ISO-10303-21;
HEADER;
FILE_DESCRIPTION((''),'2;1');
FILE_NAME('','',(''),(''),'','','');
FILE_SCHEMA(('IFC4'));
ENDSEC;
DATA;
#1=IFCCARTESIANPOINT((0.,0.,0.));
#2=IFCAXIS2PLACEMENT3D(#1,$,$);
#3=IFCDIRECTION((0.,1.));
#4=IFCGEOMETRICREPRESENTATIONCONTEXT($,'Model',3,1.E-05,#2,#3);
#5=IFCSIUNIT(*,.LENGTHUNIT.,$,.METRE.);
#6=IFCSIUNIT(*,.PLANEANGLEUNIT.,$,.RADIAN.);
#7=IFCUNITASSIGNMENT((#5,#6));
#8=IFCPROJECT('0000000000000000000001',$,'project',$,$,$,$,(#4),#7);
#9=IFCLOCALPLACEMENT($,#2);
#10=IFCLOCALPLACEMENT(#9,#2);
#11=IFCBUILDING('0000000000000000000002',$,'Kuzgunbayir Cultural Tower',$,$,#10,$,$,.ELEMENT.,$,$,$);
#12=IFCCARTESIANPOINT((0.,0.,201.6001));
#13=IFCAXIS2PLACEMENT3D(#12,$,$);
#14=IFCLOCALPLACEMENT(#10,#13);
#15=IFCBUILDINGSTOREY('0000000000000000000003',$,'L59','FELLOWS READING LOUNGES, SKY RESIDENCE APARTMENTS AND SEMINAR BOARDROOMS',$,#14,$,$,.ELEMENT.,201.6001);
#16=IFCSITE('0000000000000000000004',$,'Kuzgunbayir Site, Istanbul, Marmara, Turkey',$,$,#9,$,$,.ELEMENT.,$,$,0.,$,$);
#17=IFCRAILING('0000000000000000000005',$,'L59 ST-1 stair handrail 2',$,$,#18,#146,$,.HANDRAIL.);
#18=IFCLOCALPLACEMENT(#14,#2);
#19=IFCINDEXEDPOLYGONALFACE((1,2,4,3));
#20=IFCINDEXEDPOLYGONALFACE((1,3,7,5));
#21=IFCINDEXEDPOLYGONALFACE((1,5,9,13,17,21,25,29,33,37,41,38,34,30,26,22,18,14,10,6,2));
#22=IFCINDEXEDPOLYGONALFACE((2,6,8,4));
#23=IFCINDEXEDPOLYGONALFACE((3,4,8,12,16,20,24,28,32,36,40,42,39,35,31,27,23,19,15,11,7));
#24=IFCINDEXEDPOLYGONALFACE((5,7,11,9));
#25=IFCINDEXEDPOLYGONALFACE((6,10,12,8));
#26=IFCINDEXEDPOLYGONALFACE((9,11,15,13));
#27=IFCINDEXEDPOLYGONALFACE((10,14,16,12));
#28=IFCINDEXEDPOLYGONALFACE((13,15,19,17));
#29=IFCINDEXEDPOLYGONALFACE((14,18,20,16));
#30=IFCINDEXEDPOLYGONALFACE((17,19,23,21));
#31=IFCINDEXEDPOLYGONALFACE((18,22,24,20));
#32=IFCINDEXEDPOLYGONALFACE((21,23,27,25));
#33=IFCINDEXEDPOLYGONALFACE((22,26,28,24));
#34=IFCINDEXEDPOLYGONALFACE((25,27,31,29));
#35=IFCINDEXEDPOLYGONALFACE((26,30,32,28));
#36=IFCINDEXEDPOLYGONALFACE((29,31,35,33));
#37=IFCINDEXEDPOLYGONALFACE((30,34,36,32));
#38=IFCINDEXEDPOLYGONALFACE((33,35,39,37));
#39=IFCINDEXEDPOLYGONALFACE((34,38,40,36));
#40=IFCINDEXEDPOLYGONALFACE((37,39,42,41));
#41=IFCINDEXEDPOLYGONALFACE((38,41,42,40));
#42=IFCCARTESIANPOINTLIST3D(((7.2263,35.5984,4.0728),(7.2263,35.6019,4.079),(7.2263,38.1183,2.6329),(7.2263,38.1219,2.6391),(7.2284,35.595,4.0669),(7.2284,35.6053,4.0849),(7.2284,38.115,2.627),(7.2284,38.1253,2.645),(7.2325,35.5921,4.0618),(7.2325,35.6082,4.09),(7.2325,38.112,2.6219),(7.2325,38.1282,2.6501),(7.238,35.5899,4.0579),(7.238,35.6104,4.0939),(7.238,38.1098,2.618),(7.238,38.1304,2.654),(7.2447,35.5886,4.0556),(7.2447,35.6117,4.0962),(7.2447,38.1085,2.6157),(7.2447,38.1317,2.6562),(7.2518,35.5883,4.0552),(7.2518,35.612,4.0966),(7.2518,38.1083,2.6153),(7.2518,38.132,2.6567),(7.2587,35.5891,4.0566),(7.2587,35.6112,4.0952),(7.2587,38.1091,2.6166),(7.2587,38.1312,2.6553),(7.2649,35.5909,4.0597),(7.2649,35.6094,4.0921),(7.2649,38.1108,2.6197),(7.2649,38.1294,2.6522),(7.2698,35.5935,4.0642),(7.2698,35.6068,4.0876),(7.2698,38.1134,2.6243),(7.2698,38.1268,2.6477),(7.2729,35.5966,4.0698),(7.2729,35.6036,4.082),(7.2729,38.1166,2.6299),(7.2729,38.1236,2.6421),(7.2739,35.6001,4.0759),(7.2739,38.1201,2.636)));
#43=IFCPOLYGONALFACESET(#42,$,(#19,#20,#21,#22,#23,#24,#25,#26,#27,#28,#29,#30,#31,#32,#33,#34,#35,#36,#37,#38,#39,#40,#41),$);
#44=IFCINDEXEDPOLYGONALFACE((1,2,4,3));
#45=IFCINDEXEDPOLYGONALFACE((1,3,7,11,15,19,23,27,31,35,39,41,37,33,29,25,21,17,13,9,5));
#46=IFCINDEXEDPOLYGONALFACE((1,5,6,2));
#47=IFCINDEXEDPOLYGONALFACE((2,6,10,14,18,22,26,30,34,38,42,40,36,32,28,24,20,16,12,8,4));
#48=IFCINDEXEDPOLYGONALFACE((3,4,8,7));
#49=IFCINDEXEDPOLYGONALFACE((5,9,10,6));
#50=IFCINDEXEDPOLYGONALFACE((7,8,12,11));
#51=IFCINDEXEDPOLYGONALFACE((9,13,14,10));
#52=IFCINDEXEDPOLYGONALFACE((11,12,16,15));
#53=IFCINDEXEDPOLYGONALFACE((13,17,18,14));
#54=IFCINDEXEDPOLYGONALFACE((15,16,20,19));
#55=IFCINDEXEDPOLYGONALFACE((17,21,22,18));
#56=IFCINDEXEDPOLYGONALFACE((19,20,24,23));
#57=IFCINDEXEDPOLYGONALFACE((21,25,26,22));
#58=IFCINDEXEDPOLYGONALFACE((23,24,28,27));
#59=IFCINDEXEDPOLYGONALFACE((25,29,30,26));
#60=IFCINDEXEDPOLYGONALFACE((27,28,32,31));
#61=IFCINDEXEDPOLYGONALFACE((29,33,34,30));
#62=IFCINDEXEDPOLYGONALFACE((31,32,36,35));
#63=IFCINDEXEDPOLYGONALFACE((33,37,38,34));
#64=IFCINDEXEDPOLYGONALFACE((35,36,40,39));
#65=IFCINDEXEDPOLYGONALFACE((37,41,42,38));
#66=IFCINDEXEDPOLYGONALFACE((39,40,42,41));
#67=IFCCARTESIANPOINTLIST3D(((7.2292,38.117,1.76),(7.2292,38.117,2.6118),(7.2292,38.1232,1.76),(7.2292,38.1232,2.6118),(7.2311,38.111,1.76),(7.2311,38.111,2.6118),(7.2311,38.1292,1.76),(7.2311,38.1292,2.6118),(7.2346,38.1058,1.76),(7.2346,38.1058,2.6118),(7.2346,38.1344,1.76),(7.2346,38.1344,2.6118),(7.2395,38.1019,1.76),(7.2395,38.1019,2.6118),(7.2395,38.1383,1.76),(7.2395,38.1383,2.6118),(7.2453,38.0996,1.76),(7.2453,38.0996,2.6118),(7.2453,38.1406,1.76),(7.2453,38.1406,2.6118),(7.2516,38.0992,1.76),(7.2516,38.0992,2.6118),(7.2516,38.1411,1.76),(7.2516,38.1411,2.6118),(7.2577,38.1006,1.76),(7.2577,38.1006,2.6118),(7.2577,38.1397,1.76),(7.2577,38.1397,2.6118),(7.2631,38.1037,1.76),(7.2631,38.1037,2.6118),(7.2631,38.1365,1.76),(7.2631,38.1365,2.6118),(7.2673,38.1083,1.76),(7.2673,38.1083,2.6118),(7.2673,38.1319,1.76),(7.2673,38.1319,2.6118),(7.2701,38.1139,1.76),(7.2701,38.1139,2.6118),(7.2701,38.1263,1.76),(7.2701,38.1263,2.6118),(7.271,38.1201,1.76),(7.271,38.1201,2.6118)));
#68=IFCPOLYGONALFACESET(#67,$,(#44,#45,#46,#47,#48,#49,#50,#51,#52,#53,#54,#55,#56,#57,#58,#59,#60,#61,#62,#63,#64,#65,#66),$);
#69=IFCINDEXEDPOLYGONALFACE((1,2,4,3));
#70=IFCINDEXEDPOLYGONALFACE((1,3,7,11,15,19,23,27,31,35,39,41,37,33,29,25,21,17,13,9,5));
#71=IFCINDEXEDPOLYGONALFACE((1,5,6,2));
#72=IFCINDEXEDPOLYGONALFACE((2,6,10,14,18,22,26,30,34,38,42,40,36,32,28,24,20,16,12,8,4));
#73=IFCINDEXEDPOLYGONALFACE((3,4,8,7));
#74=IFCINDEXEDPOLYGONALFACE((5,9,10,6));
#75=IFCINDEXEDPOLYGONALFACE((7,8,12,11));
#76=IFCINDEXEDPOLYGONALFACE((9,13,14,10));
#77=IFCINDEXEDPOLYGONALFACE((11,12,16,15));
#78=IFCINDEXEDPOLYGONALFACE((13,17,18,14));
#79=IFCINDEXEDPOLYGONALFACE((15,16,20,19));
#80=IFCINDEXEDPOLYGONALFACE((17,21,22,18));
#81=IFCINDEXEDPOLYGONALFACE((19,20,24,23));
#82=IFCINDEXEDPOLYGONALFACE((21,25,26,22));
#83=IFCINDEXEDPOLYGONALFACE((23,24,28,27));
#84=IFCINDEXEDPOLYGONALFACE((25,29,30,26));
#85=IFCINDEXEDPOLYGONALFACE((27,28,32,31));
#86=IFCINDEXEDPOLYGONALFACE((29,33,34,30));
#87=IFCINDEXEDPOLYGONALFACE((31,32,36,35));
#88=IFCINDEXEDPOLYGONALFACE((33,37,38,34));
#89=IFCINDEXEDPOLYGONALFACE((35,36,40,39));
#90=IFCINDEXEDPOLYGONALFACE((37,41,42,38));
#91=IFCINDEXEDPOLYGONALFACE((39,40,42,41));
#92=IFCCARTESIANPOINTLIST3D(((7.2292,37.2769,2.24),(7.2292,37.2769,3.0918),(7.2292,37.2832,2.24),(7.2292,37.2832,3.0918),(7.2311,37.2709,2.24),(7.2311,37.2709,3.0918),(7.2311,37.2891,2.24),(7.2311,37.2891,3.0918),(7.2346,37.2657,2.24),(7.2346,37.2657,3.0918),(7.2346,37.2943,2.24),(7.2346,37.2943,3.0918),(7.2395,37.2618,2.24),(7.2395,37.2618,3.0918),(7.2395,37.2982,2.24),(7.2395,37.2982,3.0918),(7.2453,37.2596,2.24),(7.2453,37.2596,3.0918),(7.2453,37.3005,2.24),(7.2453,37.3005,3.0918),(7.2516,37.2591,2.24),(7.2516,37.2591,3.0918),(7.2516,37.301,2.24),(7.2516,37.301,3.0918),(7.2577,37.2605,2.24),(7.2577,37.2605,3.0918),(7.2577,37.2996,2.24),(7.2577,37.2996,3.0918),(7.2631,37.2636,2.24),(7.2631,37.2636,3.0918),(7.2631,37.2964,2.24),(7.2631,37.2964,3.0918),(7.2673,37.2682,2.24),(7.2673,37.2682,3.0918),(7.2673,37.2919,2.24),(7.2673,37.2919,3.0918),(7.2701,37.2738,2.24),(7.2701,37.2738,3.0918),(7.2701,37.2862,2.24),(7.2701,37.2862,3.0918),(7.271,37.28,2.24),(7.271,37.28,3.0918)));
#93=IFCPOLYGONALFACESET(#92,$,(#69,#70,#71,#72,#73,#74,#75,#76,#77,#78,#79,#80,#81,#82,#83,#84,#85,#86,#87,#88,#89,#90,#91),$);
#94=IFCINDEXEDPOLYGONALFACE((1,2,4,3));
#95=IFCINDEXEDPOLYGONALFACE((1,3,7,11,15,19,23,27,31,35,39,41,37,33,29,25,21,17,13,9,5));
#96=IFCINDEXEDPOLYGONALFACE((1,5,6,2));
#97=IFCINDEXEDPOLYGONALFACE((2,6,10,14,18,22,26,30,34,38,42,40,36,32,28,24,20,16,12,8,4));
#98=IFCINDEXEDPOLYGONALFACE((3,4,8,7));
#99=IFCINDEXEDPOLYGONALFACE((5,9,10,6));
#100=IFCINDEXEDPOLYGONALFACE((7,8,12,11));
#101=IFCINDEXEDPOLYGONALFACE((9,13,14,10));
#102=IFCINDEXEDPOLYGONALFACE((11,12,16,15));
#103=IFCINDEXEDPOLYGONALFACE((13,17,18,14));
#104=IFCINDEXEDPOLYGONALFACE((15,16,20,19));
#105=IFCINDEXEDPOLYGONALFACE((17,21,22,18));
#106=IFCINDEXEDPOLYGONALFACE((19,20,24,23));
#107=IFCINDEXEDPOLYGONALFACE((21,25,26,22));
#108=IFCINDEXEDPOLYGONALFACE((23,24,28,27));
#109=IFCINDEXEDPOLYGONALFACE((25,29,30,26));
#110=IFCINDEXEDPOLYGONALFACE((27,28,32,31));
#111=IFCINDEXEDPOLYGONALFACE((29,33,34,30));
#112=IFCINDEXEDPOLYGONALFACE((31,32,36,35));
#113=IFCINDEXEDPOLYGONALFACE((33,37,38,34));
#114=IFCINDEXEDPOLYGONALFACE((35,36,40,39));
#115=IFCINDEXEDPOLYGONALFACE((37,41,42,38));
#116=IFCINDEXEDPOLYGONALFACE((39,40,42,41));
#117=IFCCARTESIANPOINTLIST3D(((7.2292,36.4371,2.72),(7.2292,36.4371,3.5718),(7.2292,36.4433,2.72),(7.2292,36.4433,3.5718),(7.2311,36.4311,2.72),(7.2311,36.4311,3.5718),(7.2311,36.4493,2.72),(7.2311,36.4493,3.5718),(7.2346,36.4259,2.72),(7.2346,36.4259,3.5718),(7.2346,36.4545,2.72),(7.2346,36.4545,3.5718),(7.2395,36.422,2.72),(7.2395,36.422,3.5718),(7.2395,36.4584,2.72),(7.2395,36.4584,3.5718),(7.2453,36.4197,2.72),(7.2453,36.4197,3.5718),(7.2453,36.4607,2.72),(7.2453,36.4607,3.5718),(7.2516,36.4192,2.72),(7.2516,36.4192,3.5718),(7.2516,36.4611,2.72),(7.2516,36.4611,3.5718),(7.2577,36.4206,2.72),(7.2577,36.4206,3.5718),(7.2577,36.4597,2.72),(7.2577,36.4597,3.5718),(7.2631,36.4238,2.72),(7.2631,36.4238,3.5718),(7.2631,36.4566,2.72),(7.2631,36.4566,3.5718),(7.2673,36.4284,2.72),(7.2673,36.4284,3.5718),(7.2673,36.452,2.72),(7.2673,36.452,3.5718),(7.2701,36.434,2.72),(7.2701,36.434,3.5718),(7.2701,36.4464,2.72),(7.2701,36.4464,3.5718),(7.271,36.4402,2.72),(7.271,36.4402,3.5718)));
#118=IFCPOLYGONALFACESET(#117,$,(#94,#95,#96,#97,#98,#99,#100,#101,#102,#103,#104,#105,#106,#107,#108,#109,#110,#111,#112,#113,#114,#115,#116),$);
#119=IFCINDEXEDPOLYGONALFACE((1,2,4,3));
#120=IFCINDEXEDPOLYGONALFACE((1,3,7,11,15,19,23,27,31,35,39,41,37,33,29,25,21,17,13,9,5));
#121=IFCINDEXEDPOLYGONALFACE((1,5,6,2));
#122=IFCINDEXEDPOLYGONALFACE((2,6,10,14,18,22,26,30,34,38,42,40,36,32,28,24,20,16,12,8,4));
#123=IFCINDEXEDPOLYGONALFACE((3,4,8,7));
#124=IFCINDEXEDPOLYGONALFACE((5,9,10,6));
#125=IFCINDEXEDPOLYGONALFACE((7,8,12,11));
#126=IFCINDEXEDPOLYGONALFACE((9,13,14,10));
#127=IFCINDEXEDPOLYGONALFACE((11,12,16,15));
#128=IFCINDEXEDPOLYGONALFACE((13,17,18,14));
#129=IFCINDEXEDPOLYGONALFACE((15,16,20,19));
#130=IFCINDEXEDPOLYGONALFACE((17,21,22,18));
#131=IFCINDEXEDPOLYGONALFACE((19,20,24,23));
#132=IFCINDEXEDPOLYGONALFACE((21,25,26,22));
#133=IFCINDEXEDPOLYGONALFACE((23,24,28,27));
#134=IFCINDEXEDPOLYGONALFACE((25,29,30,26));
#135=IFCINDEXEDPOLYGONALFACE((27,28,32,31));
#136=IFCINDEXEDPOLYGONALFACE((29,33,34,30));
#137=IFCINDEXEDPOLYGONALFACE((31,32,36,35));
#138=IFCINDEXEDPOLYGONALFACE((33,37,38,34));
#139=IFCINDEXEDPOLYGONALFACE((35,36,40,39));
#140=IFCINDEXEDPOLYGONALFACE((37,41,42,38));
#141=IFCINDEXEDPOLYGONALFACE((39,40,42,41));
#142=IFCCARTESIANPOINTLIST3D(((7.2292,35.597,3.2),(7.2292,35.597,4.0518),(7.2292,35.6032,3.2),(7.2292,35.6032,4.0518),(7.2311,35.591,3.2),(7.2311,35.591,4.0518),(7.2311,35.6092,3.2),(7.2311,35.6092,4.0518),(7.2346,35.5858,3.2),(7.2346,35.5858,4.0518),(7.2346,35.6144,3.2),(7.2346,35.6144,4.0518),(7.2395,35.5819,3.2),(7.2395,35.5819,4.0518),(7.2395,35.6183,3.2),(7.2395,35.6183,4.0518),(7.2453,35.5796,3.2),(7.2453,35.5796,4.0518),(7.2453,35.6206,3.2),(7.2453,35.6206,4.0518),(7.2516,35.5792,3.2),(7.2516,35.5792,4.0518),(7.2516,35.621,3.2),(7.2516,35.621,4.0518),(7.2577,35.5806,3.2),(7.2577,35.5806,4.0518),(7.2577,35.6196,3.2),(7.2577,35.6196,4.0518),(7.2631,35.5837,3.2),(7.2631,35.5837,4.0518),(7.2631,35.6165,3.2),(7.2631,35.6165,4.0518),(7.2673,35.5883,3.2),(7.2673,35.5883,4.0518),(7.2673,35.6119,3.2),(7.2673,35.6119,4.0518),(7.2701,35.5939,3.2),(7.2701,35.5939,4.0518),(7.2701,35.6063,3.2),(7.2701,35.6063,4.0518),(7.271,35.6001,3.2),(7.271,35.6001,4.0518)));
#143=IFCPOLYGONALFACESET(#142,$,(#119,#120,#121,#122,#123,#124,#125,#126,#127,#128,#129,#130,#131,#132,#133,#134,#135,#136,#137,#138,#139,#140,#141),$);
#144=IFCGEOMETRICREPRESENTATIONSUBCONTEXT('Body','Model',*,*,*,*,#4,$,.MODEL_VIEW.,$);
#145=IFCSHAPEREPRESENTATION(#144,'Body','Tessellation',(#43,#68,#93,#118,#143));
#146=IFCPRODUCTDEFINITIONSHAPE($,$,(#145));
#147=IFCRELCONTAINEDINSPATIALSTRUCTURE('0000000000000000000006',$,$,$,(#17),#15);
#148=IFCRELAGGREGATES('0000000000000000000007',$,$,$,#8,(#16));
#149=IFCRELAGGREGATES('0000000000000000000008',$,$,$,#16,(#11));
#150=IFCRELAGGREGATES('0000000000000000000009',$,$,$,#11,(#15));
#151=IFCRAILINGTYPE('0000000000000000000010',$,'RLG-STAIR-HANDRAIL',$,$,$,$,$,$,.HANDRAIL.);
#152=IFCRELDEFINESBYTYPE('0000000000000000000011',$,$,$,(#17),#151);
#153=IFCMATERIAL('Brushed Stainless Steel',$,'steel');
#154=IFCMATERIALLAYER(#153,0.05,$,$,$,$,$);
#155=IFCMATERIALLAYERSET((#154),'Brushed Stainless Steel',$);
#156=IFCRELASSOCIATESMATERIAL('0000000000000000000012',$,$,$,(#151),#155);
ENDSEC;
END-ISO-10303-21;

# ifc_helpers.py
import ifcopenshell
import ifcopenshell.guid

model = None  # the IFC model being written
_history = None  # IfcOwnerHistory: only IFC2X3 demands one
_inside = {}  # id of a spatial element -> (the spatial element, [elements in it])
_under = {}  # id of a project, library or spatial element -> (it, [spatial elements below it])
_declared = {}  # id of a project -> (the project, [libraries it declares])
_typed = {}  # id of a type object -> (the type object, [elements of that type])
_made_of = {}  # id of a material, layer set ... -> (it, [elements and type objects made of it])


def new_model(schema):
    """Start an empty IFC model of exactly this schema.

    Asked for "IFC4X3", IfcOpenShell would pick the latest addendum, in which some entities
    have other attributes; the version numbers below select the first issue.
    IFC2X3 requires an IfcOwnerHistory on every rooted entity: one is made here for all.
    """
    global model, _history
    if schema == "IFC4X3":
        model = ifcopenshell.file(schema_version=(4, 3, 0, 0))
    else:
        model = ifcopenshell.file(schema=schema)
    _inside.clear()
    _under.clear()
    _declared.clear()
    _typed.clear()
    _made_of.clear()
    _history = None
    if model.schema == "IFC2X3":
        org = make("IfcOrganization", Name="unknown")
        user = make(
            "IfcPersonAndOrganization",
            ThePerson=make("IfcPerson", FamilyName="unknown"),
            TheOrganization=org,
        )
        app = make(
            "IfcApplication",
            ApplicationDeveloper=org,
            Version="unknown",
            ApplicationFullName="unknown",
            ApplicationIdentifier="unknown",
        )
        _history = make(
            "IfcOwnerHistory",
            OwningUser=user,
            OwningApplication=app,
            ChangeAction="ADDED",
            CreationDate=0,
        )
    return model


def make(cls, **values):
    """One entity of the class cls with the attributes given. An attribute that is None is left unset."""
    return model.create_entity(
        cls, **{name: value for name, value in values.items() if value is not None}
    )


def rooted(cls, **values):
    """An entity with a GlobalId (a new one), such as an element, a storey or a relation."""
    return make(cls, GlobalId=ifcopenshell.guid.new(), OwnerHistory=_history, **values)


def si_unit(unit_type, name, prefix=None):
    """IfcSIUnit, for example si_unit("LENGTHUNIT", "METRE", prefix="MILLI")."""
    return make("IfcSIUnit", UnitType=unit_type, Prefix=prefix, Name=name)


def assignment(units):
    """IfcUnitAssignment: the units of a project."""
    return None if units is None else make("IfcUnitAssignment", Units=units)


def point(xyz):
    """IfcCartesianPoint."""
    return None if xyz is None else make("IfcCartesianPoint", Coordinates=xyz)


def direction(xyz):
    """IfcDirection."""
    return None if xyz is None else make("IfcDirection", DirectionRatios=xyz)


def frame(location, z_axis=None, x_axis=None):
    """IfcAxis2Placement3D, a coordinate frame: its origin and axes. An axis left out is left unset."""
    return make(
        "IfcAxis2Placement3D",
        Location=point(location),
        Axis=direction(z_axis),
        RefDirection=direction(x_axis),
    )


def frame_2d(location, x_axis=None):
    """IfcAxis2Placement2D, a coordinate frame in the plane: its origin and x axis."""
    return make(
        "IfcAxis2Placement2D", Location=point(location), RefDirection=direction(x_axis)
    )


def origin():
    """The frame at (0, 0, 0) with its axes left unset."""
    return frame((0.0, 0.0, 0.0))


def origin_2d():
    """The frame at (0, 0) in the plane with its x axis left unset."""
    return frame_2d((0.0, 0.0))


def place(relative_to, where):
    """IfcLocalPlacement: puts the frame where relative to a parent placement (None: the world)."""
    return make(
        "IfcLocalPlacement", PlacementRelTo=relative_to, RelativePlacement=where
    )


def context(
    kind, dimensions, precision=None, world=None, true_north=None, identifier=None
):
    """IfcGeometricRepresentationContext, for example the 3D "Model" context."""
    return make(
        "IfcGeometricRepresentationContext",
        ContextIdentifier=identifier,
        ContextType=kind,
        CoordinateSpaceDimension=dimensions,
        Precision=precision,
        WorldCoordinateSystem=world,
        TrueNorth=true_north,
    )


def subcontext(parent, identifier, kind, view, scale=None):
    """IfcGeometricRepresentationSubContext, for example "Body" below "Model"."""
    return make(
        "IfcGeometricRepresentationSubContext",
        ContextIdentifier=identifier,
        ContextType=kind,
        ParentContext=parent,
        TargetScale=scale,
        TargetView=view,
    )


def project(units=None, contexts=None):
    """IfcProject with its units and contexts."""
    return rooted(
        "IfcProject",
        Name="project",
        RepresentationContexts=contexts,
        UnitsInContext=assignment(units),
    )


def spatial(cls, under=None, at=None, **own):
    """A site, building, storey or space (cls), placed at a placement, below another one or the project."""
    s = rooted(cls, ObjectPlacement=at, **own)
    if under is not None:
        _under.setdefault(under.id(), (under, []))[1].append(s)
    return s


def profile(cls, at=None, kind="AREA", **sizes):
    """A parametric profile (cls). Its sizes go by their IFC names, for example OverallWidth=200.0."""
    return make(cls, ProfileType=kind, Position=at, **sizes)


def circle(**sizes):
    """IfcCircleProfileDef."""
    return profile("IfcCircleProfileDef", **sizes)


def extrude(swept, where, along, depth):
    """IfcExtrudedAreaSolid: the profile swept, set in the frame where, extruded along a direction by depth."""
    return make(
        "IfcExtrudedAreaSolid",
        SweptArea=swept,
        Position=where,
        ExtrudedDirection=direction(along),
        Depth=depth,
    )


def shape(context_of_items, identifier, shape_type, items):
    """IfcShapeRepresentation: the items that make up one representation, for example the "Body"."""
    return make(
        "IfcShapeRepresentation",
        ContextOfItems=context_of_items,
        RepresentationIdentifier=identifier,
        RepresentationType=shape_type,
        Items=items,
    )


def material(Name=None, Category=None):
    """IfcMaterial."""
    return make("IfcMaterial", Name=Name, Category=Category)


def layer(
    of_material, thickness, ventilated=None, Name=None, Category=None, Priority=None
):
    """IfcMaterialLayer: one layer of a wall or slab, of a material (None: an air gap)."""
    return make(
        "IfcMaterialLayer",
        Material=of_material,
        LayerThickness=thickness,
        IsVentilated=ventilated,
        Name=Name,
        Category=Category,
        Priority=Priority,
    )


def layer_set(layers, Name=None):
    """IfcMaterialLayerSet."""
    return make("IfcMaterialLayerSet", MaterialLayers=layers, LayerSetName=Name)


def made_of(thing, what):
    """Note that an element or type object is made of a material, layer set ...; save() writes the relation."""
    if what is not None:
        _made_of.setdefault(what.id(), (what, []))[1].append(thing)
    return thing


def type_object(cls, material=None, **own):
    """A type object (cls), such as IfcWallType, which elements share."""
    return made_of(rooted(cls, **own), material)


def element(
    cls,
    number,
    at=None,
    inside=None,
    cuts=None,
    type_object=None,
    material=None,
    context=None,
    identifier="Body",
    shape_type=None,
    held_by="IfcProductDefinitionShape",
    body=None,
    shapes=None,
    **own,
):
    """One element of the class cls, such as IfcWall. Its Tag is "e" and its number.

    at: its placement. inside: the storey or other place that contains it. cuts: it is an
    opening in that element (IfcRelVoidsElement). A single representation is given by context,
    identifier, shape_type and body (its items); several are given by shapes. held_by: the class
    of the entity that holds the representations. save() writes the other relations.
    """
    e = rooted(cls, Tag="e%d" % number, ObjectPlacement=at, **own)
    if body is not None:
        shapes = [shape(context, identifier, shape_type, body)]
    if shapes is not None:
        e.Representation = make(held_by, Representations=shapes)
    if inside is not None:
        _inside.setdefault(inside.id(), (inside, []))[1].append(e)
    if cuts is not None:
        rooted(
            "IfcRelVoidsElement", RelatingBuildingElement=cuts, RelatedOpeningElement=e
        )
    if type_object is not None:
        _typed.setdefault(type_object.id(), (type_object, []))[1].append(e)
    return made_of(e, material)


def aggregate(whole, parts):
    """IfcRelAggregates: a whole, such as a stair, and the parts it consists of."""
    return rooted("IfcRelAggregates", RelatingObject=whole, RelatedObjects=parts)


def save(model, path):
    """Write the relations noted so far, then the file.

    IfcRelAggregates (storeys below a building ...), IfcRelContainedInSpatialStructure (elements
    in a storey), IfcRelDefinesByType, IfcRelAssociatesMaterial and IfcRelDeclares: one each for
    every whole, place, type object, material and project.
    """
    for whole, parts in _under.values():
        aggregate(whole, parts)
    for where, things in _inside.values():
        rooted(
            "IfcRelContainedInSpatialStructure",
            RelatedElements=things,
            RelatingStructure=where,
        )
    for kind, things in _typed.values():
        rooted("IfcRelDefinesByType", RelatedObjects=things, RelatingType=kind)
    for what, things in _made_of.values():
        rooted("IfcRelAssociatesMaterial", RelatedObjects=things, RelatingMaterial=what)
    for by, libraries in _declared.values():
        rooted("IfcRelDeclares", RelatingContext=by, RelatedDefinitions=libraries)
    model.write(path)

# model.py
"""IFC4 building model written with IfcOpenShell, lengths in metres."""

from ifc_helpers import new_model, si_unit, direction, frame, origin, origin_2d, place, context, subcontext, project, spatial, circle, extrude, material, layer, layer_set, type_object, element, save


model = new_model("IFC4")

# Units and contexts
model_context = context("Model", 3, precision=1e-05, world=origin(), true_north=direction((0.0, 1.0)))
body_context = subcontext(model_context, "Body", "Model", "MODEL_VIEW")
ifc_project = project(units=[si_unit("LENGTHUNIT", "METRE"), si_unit("PLANEANGLEUNIT", "RADIAN")], contexts=[model_context])

# Site, building, storey
site_placement = place(None, origin())
site = spatial("IfcSite", under=ifc_project, at=site_placement, Name="Kuzgunbayir Site, Istanbul, Marmara, Turkey", CompositionType="ELEMENT", RefElevation=0.0)
building_placement = place(site_placement, origin())
building = spatial("IfcBuilding", under=site, at=building_placement, Name="Kuzgunbayir Cultural Tower", CompositionType="ELEMENT")
storey_placement = place(building_placement, frame((0.0, 0.0, 201.6001)))
storey = spatial("IfcBuildingStorey", under=building, at=storey_placement, Name="L59", Description="FELLOWS READING LOUNGES, SKY RESIDENCE APARTMENTS AND SEMINAR BOARDROOMS", CompositionType="ELEMENT", Elevation=201.6001)

# Railing
ifc_material_1 = material(Name="Brushed Stainless Steel", Category="steel")
ifc_layer_1 = layer(ifc_material_1, 0.05)
ifc_layer_set_1 = layer_set([ifc_layer_1], Name="Brushed Stainless Steel")
railing_type_1 = type_object("IfcRailingType", Name="RLG-STAIR-HANDRAIL", PredefinedType="HANDRAIL", material=ifc_layer_set_1)
railing_1_placement = place(storey_placement, frame((7.25, 38.1201, 1.76)))
element("IfcRailing", 1, at=railing_1_placement, inside=storey, type_object=railing_type_1, Name="L59 ST-1 stair handrail 2", PredefinedType="HANDRAIL", context=body_context, shape_type="SweptSolid", body=[
    extrude(circle(Radius=0.0239, at=origin_2d()), frame((0.0, 0.0, 0.876), z_axis=(0.0, -0.868253, 0.496121), x_axis=(1.0, 0.0, 0.0)), (0.0, 0.0, 1.0), 2.9023),
    extrude(circle(Radius=0.021, at=origin_2d()), origin(), (0.0, 0.0, 1.0), 0.8518),
    extrude(circle(Radius=0.021, at=origin_2d()), frame((0.0, -0.8401, 0.48)), (0.0, 0.0, 1.0), 0.8518),
    extrude(circle(Radius=0.021, at=origin_2d()), frame((0.0, -1.6799, 0.96)), (0.0, 0.0, 1.0), 0.8518),
    extrude(circle(Radius=0.021, at=origin_2d()), frame((0.0, -2.52, 1.4399)), (0.0, 0.0, 1.0), 0.8518),
])

save(model, "model.ifc")
